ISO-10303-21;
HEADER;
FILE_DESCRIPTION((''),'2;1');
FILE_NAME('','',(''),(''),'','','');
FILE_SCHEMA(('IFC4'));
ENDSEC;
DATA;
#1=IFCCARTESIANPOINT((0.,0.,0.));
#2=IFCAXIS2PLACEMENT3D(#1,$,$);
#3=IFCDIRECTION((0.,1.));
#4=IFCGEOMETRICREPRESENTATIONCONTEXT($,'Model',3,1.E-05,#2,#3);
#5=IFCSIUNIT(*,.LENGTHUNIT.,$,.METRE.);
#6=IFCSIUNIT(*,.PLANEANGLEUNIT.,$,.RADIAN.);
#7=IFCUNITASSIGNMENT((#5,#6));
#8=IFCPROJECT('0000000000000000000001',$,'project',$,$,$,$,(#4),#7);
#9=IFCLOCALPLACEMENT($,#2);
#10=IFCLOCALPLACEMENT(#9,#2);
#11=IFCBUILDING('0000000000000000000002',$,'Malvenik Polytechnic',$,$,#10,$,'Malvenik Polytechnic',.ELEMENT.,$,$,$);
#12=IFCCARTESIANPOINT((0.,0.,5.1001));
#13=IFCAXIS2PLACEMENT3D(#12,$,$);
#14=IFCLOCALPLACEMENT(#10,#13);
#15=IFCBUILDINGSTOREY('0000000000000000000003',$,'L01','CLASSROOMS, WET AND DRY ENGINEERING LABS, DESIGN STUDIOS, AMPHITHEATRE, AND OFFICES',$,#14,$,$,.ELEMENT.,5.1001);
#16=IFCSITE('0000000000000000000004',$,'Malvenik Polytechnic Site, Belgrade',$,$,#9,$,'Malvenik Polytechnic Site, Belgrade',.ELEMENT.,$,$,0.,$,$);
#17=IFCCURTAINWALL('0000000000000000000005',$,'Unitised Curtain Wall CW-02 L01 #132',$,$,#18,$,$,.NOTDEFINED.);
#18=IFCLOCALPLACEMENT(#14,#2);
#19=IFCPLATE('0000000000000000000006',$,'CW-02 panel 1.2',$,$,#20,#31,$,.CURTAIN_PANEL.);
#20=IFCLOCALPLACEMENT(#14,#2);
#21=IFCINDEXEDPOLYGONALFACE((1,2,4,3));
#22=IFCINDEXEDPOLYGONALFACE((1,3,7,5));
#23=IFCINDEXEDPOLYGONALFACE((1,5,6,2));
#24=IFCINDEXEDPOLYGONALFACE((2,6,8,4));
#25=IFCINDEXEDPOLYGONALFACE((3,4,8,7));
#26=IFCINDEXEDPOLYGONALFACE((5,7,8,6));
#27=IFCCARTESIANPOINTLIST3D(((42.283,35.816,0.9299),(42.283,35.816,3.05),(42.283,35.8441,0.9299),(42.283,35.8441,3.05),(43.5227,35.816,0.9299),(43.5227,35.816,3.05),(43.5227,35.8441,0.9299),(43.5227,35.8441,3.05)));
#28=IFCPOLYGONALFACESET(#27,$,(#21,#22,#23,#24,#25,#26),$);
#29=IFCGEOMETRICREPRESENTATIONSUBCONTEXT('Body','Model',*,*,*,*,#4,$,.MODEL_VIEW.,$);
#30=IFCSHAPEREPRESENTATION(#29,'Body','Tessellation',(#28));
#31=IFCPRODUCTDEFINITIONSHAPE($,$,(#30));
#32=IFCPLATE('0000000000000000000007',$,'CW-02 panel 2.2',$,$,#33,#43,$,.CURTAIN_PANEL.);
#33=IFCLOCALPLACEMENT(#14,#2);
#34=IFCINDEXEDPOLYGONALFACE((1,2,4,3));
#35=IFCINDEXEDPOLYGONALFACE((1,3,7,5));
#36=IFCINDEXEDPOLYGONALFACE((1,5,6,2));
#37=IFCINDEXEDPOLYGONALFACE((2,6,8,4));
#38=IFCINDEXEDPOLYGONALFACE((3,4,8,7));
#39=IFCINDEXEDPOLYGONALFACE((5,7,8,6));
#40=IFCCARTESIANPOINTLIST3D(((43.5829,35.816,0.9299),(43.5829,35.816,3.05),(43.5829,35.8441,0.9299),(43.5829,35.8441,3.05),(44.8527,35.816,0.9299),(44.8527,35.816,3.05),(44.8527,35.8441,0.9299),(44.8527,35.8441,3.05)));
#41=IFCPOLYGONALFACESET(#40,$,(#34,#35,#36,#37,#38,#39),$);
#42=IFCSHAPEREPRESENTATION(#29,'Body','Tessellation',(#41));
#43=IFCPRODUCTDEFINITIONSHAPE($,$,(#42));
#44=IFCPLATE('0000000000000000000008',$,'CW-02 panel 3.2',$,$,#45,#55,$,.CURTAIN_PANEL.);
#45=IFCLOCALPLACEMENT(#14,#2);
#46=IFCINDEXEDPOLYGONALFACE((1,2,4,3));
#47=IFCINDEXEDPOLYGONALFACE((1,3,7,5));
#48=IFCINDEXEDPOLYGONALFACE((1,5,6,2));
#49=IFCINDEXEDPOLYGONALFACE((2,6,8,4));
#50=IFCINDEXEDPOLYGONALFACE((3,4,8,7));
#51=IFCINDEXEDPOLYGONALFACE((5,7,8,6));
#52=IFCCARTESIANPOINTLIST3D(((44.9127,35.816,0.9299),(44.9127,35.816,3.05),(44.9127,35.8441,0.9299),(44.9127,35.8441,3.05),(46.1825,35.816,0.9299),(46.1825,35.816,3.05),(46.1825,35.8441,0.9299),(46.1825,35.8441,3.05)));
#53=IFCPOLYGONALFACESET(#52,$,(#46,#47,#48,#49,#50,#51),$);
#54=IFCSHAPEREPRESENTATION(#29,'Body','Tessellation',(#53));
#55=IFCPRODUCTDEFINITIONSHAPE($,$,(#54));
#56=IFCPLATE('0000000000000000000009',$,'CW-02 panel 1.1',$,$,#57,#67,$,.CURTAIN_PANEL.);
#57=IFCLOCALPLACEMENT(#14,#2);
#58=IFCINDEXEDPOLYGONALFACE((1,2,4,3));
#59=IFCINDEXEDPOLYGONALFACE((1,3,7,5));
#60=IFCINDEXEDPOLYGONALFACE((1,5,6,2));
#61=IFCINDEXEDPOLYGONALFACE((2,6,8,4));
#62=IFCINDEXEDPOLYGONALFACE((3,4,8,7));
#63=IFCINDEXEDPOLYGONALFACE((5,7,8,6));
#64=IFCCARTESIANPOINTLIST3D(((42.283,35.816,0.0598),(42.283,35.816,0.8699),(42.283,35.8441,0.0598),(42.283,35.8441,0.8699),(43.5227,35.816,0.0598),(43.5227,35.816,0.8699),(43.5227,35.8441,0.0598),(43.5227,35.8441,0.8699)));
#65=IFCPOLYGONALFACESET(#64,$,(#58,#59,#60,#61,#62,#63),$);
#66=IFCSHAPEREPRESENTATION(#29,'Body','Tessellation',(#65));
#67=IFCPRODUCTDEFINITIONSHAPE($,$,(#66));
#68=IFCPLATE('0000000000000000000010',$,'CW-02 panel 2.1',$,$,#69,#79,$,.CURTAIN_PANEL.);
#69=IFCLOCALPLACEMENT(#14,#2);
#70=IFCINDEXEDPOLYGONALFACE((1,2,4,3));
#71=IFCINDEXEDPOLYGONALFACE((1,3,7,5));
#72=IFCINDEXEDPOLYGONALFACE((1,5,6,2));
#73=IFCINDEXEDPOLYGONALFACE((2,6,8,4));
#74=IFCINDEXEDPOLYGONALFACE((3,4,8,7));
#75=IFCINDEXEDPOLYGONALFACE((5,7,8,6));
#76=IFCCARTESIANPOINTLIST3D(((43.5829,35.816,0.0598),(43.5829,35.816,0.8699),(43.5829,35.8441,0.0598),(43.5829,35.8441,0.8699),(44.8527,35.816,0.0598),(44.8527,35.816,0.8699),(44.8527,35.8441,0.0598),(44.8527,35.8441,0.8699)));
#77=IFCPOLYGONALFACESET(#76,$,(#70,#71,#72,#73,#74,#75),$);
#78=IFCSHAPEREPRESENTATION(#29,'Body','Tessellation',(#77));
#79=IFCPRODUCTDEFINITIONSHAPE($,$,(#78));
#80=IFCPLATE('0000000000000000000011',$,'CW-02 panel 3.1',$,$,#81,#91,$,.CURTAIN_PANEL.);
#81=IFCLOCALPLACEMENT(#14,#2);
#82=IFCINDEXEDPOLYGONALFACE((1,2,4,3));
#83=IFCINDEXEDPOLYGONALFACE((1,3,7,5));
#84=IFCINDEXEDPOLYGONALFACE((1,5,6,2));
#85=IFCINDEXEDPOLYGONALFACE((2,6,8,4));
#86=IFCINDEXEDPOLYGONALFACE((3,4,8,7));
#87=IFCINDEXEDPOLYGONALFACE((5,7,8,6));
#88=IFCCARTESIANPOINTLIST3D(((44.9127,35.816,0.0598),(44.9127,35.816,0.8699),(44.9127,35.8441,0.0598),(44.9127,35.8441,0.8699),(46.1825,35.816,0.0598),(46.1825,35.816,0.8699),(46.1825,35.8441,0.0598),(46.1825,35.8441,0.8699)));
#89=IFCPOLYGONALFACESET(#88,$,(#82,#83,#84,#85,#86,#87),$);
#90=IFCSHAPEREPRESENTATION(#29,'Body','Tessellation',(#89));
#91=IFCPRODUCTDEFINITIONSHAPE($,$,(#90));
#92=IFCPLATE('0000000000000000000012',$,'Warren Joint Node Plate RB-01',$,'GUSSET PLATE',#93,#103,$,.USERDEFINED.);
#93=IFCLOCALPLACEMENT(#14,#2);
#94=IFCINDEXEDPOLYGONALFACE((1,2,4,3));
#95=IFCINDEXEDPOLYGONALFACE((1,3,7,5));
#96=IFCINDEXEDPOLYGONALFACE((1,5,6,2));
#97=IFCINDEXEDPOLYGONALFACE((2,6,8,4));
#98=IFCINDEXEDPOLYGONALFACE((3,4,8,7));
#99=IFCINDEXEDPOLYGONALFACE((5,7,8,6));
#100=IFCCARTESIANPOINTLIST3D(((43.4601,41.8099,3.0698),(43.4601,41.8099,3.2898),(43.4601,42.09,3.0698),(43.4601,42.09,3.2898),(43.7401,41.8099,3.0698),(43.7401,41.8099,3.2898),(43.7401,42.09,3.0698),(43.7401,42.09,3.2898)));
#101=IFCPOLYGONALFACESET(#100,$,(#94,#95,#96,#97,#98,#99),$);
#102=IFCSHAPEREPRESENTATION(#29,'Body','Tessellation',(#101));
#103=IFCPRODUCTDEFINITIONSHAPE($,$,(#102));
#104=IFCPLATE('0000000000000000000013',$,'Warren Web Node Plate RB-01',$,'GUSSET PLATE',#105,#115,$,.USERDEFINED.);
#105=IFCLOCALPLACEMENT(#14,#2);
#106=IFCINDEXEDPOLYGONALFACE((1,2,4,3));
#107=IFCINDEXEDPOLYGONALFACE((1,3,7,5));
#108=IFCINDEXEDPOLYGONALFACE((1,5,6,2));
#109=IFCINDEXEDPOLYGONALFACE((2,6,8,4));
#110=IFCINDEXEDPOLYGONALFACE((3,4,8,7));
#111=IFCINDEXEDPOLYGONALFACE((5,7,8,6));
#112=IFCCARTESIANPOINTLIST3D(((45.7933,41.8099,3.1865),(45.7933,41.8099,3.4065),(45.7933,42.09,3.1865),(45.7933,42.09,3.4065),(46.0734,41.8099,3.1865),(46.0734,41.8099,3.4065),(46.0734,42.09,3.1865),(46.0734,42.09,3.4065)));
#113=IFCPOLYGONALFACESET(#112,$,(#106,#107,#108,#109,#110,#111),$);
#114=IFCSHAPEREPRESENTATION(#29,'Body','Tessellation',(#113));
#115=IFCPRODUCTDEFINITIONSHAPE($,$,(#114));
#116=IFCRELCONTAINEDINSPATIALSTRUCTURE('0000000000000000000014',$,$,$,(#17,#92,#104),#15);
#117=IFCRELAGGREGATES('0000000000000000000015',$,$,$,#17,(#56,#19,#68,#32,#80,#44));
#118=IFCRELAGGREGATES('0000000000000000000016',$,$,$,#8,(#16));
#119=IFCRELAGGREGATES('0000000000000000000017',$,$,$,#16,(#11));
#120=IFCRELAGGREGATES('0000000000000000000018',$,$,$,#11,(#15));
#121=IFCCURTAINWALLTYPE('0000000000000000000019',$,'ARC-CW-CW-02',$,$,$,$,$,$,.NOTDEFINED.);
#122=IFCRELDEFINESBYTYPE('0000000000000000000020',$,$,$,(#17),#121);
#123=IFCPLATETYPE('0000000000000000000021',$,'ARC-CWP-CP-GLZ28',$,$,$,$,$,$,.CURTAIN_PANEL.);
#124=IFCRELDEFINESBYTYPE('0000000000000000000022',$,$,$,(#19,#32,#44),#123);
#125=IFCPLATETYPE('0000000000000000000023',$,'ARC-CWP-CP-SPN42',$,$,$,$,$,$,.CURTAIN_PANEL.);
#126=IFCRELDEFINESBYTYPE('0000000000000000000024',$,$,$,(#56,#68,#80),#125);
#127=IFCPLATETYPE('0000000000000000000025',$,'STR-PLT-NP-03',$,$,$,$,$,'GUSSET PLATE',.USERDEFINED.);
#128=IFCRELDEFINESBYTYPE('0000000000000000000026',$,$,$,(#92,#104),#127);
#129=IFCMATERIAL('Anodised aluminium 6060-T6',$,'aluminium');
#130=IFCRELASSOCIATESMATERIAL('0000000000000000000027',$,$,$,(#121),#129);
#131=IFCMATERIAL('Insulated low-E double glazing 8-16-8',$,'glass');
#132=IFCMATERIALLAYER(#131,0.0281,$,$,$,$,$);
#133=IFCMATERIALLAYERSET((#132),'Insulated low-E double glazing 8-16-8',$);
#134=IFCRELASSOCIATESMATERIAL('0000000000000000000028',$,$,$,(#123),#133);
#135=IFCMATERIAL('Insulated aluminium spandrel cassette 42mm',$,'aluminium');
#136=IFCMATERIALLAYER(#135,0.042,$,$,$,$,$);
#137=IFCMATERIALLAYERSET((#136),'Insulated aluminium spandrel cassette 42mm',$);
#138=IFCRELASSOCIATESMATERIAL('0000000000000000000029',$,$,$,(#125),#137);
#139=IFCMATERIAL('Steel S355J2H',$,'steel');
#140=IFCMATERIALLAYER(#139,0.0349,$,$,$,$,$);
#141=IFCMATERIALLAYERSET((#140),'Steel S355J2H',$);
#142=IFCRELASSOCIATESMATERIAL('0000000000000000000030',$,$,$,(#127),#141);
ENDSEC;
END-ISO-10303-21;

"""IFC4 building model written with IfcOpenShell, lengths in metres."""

from ifc_helpers import new_model, si_unit, direction, frame, origin, origin_2d, place, context, subcontext, project, spatial, rectangle, extrude, material, layer, layer_set, type_object, element, aggregate, save


model = new_model("IFC4")

# Units and contexts
model_context = context("Model", 3, precision=1e-05, world=origin(), true_north=direction((0.0, 1.0)))
body_context = subcontext(model_context, "Body", "Model", "MODEL_VIEW")
ifc_project = project(units=[si_unit("LENGTHUNIT", "METRE"), si_unit("PLANEANGLEUNIT", "RADIAN")], contexts=[model_context])

# Site, building, storey
site_placement = place(None, origin())
site = spatial("IfcSite", under=ifc_project, at=site_placement, Name="Malvenik Polytechnic Site, Belgrade", LongName="Malvenik Polytechnic Site, Belgrade", CompositionType="ELEMENT", RefElevation=0.0)
building_placement = place(site_placement, origin())
building = spatial("IfcBuilding", under=site, at=building_placement, Name="Malvenik Polytechnic", LongName="Malvenik Polytechnic", CompositionType="ELEMENT")
storey_placement = place(building_placement, frame((0.0, 0.0, 5.1001)))
storey = spatial("IfcBuildingStorey", under=building, at=storey_placement, Name="L01", Description="CLASSROOMS, WET AND DRY ENGINEERING LABS, DESIGN STUDIOS, AMPHITHEATRE, AND OFFICES", CompositionType="ELEMENT", Elevation=5.1001)

# Shared definitions
ifc_material_1 = material(Name="Steel S355J2H", Category="steel")

# Curtain wall
ifc_material_2 = material(Name="Anodised aluminium 6060-T6", Category="aluminium")
curtain_wall_type = type_object("IfcCurtainWallType", Name="ARC-CW-CW-02", PredefinedType="NOTDEFINED", material=ifc_material_2)
curtain_wall_placement = place(storey_placement, origin())
curtain_wall = element("IfcCurtainWall", 1, at=curtain_wall_placement, inside=storey, type_object=curtain_wall_type, Name="Unitised Curtain Wall CW-02 L01 #132", PredefinedType="NOTDEFINED")

# Plates
ifc_material_3 = material(Name="Insulated low-E double glazing 8-16-8", Category="glass")
ifc_layer_1 = layer(ifc_material_3, 0.0281)
ifc_layer_set_1 = layer_set([ifc_layer_1], Name="Insulated low-E double glazing 8-16-8")
plate_type_1 = type_object("IfcPlateType", Name="ARC-CWP-CP-GLZ28", PredefinedType="CURTAIN_PANEL", material=ifc_layer_set_1)
plate_1_placement = place(storey_placement, frame((42.9028, 35.8301, 0.9299), z_axis=(0.0, 0.0, 1.0), x_axis=(1.0, 0.0, 0.0)))
plate_1 = element("IfcPlate", 2, at=plate_1_placement, type_object=plate_type_1, Name="CW-02 panel 1.2", PredefinedType="CURTAIN_PANEL", context=body_context, shape_type="SweptSolid", body=[
    extrude(rectangle(XDim=1.2397, YDim=0.0281, at=origin_2d()), origin(), (0.0, 0.0, 1.0), 2.1201),
])
plate_2_placement = place(storey_placement, frame((44.2178, 35.8301, 0.9299), z_axis=(0.0, 0.0, 1.0), x_axis=(1.0, 0.0, 0.0)))
plate_2 = element("IfcPlate", 3, at=plate_2_placement, type_object=plate_type_1, Name="CW-02 panel 2.2", PredefinedType="CURTAIN_PANEL", context=body_context, shape_type="SweptSolid", body=[
    extrude(rectangle(XDim=1.2698, YDim=0.0281, at=origin_2d()), origin(), (0.0, 0.0, 1.0), 2.1201),
])
plate_3_placement = place(storey_placement, frame((45.5476, 35.8301, 0.9299), z_axis=(0.0, 0.0, 1.0), x_axis=(1.0, 0.0, 0.0)))
plate_3 = element("IfcPlate", 4, at=plate_3_placement, type_object=plate_type_1, Name="CW-02 panel 3.2", PredefinedType="CURTAIN_PANEL", context=body_context, shape_type="SweptSolid", body=[
    extrude(rectangle(XDim=1.2698, YDim=0.0281, at=origin_2d()), origin(), (0.0, 0.0, 1.0), 2.1201),
])
ifc_material_4 = material(Name="Insulated aluminium spandrel cassette 42mm", Category="aluminium")
ifc_layer_2 = layer(ifc_material_4, 0.042)
ifc_layer_set_2 = layer_set([ifc_layer_2], Name="Insulated aluminium spandrel cassette 42mm")
plate_type_2 = type_object("IfcPlateType", Name="ARC-CWP-CP-SPN42", PredefinedType="CURTAIN_PANEL", material=ifc_layer_set_2)
plate_4_placement = place(storey_placement, frame((42.9028, 35.8301, 0.0598), z_axis=(0.0, 0.0, 1.0), x_axis=(1.0, 0.0, 0.0)))
plate_4 = element("IfcPlate", 5, at=plate_4_placement, type_object=plate_type_2, Name="CW-02 panel 1.1", PredefinedType="CURTAIN_PANEL", context=body_context, shape_type="SweptSolid", body=[
    extrude(rectangle(XDim=1.2397, YDim=0.0281, at=origin_2d()), origin(), (0.0, 0.0, 1.0), 0.8101),
])
plate_5_placement = place(storey_placement, frame((44.2178, 35.8301, 0.0598), z_axis=(0.0, 0.0, 1.0), x_axis=(1.0, 0.0, 0.0)))
plate_5 = element("IfcPlate", 6, at=plate_5_placement, type_object=plate_type_2, Name="CW-02 panel 2.1", PredefinedType="CURTAIN_PANEL", context=body_context, shape_type="SweptSolid", body=[
    extrude(rectangle(XDim=1.2698, YDim=0.0281, at=origin_2d()), origin(), (0.0, 0.0, 1.0), 0.8101),
])
plate_6_placement = place(storey_placement, frame((45.5476, 35.8301, 0.0598), z_axis=(0.0, 0.0, 1.0), x_axis=(1.0, 0.0, 0.0)))
plate_6 = element("IfcPlate", 7, at=plate_6_placement, type_object=plate_type_2, Name="CW-02 panel 3.1", PredefinedType="CURTAIN_PANEL", context=body_context, shape_type="SweptSolid", body=[
    extrude(rectangle(XDim=1.2698, YDim=0.0281, at=origin_2d()), origin(), (0.0, 0.0, 1.0), 0.8101),
])
aggregate(curtain_wall, [plate_4, plate_1, plate_5, plate_2, plate_6, plate_3])

# Plates
ifc_layer_3 = layer(ifc_material_1, 0.0349)
ifc_layer_set_3 = layer_set([ifc_layer_3], Name="Steel S355J2H")
plate_type_3 = type_object("IfcPlateType", Name="STR-PLT-NP-03", ElementType="GUSSET PLATE", PredefinedType="USERDEFINED", material=ifc_layer_set_3)
for number, where, z_axis, x_axis, name in (
    (8, (43.6001, 41.95, 3.0698), (0.0, 0.0, 1.0), (1.0, 0.0, 0.0), "Warren Joint Node Plate RB-01"),
    (9, (45.9333, 41.95, 3.1865), (0.0, 0.0, 1.0), (1.0, 0.0, 0.0), "Warren Web Node Plate RB-01"),
):
    element("IfcPlate", number, at=place(storey_placement, frame(where, z_axis=z_axis, x_axis=x_axis)), inside=storey, type_object=plate_type_3, Name=name, ObjectType="GUSSET PLATE", PredefinedType="USERDEFINED", context=body_context, shape_type="SweptSolid", body=[
        extrude(rectangle(XDim=0.28, YDim=0.28, at=origin_2d()), origin(), (0.0, 0.0, 1.0), 0.22),
    ])

save(model, "model.ifc")
